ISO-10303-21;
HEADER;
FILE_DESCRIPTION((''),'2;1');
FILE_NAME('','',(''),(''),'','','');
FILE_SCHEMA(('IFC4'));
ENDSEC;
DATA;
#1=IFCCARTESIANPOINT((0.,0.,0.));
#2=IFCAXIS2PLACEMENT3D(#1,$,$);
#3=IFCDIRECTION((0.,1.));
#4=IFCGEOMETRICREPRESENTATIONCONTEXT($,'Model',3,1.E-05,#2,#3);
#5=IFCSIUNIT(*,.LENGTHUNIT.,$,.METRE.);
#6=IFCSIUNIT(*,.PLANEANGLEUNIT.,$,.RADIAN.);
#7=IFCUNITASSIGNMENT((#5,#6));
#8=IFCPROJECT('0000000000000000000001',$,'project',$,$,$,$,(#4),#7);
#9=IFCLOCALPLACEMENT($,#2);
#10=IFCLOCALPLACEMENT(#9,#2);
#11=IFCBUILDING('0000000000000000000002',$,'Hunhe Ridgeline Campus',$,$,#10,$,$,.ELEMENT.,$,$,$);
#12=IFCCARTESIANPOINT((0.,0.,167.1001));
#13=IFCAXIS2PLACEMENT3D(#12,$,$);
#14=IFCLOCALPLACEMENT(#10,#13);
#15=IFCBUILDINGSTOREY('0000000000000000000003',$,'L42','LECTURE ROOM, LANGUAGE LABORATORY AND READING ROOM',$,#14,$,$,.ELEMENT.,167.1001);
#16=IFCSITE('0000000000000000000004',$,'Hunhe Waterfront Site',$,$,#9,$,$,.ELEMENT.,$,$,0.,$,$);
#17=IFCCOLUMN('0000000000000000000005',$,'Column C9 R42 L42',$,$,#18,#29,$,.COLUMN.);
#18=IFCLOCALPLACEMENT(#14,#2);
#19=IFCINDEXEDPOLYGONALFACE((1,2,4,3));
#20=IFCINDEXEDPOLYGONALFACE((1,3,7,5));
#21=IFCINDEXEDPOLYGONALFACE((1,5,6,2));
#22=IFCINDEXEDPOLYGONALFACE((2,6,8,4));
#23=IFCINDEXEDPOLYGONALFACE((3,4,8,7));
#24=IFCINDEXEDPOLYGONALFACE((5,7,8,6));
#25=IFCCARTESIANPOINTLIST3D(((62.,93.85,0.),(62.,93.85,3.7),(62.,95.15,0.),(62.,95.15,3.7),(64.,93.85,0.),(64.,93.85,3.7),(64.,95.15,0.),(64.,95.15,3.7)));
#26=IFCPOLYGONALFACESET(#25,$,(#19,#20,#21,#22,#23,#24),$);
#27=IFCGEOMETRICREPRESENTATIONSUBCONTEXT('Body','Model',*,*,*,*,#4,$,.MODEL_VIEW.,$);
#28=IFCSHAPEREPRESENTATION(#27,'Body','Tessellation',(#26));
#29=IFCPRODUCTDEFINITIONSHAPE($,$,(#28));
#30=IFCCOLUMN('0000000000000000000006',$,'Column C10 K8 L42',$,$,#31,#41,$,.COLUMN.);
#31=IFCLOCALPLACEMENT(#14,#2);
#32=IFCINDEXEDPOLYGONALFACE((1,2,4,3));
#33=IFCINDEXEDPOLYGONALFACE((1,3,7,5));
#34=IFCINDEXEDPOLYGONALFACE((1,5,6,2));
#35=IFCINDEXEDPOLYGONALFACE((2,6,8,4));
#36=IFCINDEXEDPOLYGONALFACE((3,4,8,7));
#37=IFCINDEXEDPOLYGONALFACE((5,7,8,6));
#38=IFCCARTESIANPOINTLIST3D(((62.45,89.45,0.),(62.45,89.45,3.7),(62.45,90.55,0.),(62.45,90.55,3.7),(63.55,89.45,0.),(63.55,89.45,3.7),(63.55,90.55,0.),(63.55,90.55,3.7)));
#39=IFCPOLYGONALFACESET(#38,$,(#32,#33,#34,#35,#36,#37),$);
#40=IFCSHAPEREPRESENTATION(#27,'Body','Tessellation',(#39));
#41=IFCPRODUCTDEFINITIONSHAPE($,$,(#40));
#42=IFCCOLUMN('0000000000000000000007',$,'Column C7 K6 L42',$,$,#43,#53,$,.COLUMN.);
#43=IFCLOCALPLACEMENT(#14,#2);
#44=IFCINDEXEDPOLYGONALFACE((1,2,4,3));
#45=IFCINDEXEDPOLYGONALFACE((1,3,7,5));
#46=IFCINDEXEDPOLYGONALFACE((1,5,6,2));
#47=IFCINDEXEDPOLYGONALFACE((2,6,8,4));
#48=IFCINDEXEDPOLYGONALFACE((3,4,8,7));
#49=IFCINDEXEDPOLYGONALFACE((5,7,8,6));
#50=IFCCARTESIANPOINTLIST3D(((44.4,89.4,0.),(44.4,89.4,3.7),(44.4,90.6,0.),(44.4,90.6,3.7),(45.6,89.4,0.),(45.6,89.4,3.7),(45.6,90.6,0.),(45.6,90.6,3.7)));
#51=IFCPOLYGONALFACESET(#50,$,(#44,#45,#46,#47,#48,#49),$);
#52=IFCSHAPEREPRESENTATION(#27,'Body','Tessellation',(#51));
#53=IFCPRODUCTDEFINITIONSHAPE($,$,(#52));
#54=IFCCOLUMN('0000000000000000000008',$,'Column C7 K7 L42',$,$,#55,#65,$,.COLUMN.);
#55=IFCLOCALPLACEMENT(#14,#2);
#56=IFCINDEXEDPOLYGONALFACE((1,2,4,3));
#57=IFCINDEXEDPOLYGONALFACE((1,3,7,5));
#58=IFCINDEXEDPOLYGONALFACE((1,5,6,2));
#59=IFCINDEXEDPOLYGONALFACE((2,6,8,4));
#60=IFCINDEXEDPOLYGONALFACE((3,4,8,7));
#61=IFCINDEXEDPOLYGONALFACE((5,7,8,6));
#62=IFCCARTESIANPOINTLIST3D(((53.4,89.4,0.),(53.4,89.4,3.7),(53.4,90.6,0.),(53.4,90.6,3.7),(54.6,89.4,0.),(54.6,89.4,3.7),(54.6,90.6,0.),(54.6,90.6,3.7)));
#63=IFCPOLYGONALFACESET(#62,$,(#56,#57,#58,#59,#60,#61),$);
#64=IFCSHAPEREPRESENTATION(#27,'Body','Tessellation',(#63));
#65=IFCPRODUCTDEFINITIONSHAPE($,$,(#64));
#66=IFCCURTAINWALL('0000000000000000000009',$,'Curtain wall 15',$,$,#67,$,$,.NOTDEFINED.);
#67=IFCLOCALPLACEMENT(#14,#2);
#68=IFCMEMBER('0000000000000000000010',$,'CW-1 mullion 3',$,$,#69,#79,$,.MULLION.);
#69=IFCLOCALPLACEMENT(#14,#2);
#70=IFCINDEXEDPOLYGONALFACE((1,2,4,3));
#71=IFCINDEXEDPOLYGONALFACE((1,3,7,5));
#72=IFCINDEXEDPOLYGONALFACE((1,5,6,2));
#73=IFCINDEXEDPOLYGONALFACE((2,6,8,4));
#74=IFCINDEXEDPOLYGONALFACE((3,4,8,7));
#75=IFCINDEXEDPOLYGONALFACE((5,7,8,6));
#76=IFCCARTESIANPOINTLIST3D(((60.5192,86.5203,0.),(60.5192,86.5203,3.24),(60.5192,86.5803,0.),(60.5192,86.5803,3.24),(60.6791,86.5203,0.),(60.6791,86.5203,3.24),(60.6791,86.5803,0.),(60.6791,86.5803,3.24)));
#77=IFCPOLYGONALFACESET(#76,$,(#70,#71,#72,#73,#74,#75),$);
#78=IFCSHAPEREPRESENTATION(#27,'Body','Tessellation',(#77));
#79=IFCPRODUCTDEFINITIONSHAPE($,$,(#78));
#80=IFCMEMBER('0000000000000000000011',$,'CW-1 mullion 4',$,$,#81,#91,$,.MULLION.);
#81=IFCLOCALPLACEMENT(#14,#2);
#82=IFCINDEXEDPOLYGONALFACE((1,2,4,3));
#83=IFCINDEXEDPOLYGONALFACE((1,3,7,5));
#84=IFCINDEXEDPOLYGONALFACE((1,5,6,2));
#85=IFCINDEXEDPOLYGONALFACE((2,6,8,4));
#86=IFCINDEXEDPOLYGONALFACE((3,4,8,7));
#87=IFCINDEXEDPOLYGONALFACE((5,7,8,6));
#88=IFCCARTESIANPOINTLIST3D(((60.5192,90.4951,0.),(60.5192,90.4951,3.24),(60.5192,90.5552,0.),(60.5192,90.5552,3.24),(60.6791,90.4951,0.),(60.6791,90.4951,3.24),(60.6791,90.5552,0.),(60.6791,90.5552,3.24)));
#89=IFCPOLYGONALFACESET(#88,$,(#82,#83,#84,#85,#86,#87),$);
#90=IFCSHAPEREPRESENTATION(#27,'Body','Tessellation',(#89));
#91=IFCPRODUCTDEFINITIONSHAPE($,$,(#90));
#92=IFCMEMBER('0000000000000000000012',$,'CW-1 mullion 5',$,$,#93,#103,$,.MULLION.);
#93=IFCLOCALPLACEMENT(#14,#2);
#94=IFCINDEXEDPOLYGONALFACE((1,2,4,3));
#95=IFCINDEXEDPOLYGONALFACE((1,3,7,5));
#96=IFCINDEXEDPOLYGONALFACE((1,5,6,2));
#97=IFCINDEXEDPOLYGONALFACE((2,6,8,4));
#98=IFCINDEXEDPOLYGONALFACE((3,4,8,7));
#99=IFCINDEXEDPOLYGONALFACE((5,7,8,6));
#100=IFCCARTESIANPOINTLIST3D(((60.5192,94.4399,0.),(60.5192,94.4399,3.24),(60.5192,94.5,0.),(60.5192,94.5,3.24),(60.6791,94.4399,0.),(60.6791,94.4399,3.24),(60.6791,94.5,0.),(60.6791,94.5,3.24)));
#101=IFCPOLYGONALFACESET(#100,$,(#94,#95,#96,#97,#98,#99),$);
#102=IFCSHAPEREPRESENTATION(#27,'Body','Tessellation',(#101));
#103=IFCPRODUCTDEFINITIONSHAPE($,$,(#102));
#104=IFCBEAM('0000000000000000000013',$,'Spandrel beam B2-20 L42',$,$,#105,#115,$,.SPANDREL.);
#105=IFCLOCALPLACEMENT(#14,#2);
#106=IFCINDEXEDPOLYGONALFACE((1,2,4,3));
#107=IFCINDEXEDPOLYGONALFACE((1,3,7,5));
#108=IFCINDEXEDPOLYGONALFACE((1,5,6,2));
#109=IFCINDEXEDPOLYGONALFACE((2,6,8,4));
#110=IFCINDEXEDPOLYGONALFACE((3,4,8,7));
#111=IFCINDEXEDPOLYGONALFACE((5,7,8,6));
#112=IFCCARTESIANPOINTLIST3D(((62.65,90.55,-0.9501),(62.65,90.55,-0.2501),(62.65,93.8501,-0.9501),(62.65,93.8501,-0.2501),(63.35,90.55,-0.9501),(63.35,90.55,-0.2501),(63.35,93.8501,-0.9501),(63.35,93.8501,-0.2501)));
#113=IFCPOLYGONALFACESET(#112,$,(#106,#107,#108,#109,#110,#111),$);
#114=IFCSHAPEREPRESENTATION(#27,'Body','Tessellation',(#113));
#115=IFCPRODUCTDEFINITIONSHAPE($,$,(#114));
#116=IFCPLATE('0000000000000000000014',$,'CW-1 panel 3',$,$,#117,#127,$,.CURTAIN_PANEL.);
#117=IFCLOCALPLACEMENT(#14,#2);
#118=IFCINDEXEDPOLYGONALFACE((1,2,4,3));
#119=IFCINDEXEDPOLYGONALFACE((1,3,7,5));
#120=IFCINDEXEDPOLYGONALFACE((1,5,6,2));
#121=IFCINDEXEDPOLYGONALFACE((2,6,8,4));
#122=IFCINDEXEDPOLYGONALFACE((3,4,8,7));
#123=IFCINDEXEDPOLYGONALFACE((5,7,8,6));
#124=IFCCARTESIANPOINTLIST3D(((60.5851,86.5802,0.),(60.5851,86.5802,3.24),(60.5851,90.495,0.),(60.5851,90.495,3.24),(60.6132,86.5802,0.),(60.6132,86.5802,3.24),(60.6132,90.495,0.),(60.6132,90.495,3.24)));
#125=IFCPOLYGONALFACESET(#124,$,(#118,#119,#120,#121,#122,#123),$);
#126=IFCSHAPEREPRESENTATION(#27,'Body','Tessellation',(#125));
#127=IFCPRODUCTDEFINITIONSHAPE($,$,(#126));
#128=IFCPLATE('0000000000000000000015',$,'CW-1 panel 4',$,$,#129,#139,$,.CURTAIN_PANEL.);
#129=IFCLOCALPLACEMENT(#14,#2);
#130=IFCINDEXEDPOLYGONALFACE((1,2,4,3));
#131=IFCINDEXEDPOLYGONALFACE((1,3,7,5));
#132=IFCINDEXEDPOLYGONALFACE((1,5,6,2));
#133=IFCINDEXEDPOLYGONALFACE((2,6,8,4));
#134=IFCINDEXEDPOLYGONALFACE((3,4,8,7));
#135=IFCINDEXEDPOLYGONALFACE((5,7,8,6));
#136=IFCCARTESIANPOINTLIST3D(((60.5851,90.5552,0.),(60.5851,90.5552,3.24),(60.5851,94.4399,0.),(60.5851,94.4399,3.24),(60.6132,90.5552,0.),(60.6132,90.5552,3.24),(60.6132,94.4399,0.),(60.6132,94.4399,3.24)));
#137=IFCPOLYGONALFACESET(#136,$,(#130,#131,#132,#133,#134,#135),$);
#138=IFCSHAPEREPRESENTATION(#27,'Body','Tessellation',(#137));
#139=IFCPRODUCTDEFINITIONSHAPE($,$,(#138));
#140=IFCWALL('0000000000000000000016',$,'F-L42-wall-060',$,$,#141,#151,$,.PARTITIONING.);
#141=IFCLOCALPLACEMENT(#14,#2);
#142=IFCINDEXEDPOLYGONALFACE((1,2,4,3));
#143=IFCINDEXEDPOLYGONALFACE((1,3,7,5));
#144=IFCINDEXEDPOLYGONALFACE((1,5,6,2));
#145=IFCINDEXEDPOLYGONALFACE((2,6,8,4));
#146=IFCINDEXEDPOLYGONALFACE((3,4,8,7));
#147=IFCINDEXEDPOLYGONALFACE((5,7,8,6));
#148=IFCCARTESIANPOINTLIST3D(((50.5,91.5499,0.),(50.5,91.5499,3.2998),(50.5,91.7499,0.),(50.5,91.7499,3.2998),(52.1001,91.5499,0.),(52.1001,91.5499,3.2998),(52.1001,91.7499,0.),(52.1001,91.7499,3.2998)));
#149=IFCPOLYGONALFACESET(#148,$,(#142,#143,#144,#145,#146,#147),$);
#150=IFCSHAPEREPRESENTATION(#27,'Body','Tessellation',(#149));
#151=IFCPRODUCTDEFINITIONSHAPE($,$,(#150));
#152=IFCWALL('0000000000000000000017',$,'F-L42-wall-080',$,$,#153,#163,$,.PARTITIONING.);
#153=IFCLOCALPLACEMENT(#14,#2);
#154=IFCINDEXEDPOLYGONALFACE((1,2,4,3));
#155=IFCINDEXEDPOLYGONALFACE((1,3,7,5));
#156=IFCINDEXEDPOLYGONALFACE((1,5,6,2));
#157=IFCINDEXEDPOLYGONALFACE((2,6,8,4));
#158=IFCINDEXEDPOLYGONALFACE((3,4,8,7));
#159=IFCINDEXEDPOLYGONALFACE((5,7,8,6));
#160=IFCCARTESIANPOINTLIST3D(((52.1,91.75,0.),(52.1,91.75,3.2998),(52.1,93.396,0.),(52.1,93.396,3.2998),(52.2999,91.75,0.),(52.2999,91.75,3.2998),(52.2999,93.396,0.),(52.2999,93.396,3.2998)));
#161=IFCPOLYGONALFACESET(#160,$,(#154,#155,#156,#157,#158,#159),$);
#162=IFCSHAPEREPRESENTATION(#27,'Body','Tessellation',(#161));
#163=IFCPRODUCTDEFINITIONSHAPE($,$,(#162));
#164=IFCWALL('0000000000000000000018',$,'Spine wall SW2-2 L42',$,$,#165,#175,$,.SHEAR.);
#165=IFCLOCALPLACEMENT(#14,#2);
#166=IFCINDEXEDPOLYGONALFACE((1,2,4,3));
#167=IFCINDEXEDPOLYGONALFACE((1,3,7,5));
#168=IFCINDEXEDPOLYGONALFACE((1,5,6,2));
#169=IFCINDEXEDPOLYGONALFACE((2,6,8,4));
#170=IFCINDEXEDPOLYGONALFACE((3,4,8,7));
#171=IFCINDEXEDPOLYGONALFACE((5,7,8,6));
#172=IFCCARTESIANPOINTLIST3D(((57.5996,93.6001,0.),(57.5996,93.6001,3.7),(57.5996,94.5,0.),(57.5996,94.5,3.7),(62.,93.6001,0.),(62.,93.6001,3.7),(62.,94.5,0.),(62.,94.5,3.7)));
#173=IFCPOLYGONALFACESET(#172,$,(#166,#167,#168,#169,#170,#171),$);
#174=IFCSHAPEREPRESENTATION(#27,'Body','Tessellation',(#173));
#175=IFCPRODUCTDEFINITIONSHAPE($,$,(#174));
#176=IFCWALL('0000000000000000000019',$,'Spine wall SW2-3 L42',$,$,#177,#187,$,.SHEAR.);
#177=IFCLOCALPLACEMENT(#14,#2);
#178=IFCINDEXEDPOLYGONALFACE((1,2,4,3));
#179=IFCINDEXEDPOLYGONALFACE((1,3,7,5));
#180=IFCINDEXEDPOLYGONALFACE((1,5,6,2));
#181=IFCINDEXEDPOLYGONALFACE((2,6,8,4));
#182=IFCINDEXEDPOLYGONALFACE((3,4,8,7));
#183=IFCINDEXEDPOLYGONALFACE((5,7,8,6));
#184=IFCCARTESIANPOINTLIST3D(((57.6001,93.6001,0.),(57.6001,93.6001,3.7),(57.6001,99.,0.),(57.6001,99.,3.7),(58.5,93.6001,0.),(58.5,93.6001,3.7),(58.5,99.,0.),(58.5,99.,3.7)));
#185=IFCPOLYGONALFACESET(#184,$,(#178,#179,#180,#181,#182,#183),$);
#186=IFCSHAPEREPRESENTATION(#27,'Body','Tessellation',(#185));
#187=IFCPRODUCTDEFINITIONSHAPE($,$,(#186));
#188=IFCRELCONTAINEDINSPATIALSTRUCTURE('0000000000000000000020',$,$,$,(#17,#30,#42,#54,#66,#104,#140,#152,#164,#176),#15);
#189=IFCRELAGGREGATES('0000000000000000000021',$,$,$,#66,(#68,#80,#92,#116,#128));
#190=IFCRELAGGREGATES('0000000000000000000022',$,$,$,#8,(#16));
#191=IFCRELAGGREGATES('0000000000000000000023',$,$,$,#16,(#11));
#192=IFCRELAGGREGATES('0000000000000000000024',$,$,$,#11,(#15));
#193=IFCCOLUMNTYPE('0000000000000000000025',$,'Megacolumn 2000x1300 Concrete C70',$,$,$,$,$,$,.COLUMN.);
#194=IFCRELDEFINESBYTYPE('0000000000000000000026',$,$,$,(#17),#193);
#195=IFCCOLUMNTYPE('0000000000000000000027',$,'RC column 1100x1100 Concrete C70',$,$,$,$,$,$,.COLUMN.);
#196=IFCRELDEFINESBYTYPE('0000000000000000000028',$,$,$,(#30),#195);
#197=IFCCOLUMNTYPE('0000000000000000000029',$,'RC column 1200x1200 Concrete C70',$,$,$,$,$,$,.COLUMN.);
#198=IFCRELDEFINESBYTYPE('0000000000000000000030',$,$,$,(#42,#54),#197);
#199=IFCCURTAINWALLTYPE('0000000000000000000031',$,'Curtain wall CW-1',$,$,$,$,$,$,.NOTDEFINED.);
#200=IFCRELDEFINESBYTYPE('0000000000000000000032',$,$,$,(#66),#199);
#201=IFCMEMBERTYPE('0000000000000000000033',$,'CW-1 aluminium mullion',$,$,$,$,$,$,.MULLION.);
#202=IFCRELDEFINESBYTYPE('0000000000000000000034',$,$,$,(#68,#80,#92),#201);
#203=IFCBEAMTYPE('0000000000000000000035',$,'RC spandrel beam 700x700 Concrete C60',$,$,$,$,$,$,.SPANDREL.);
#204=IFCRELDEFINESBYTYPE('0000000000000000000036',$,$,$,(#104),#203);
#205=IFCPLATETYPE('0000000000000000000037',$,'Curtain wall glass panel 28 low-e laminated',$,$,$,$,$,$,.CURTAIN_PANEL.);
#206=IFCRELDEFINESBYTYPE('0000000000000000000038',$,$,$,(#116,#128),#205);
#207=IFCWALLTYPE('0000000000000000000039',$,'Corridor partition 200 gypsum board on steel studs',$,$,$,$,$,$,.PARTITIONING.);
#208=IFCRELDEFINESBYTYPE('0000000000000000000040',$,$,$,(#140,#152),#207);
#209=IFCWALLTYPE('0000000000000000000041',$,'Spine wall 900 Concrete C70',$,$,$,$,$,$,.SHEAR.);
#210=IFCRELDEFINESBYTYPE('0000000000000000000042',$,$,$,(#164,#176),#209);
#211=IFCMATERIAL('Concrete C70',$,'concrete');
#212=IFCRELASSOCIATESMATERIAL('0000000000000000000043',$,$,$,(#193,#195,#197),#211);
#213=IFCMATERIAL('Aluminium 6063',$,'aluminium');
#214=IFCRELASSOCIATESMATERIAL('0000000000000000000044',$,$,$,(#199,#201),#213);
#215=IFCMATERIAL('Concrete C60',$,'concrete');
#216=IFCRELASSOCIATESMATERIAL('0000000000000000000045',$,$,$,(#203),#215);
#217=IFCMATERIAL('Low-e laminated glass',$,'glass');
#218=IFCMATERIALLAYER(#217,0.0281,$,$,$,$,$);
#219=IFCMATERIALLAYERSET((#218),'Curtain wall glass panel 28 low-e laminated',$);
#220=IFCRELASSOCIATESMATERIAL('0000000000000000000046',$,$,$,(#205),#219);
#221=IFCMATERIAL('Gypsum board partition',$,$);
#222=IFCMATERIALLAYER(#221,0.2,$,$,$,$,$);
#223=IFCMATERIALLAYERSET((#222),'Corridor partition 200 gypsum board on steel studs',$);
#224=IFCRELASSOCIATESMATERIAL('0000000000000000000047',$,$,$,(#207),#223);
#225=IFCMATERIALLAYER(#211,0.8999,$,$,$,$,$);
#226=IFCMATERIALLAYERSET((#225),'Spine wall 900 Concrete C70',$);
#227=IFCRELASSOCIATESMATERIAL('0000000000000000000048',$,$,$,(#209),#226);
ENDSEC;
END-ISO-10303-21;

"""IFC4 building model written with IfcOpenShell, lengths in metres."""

from ifc_helpers import new_model, si_unit, direction, frame, frame_2d, origin, origin_2d, place, context, subcontext, project, spatial, rectangle, extrude, material, layer, layer_set, material_profile, profile_set, type_object, element, aggregate, save


model = new_model("IFC4")

# Units and contexts
model_context = context("Model", 3, precision=1e-05, world=origin(), true_north=direction((0.0, 1.0)))
body_context = subcontext(model_context, "Body", "Model", "MODEL_VIEW")
ifc_project = project(units=[si_unit("LENGTHUNIT", "METRE"), si_unit("PLANEANGLEUNIT", "RADIAN")], contexts=[model_context])

# Site, building, storey
site_placement = place(None, origin())
site = spatial("IfcSite", under=ifc_project, at=site_placement, Name="Hunhe Waterfront Site", CompositionType="ELEMENT", RefElevation=0.0)
building_placement = place(site_placement, origin())
building = spatial("IfcBuilding", under=site, at=building_placement, Name="Hunhe Ridgeline Campus", CompositionType="ELEMENT")
storey_placement = place(building_placement, frame((0.0, 0.0, 167.1001)))
storey = spatial("IfcBuildingStorey", under=building, at=storey_placement, Name="L42", Description="LECTURE ROOM, LANGUAGE LABORATORY AND READING ROOM", CompositionType="ELEMENT", Elevation=167.1001)

# Columns
ifc_material_1 = material(Name="Concrete C70", Category="concrete")
ifc_material_profile_1 = material_profile(ifc_material_1, rectangle(XDim=2.0, YDim=1.3, at=origin_2d()))
ifc_profile_set_1 = profile_set([ifc_material_profile_1], Name="Concrete C70")
column_type_1 = type_object("IfcColumnType", Name="Megacolumn 2000x1300 Concrete C70", PredefinedType="COLUMN", material=ifc_profile_set_1)
column_1_placement = place(storey_placement, frame((63.0, 94.5, 0.0), z_axis=(0.0, 0.0, 1.0), x_axis=(1.0, 0.0, 0.0)))
element("IfcColumn", 1, at=column_1_placement, inside=storey, type_object=column_type_1, Name="Column C9 R42 L42", PredefinedType="COLUMN", context=body_context, shape_type="SweptSolid", body=[
    extrude(rectangle(XDim=2.0, YDim=1.3, at=origin_2d()), origin(), (0.0, 0.0, 1.0), 3.7),
])
ifc_material_profile_2 = material_profile(ifc_material_1, rectangle(XDim=1.1001, YDim=1.1001, at=origin_2d()))
ifc_profile_set_2 = profile_set([ifc_material_profile_2], Name="Concrete C70")
column_type_2 = type_object("IfcColumnType", Name="RC column 1100x1100 Concrete C70", PredefinedType="COLUMN", material=ifc_profile_set_2)
column_2_placement = place(storey_placement, frame((63.0, 90.0, 0.0), z_axis=(0.0, 0.0, 1.0), x_axis=(1.0, 0.0, 0.0)))
element("IfcColumn", 2, at=column_2_placement, inside=storey, type_object=column_type_2, Name="Column C10 K8 L42", PredefinedType="COLUMN", context=body_context, shape_type="SweptSolid", body=[
    extrude(rectangle(XDim=1.1001, YDim=1.1001, at=origin_2d()), origin(), (0.0, 0.0, 1.0), 3.7),
])
ifc_material_profile_3 = material_profile(ifc_material_1, rectangle(XDim=1.2, YDim=1.2, at=origin_2d()))
ifc_profile_set_3 = profile_set([ifc_material_profile_3], Name="Concrete C70")
column_type_3 = type_object("IfcColumnType", Name="RC column 1200x1200 Concrete C70", PredefinedType="COLUMN", material=ifc_profile_set_3)
for number, where, z_axis, x_axis, name in (
    (3, (45.0, 90.0, 0.0), (0.0, 0.0, 1.0), (1.0, 0.0, 0.0), "Column C7 K6 L42"),
    (4, (54.0, 90.0, 0.0), (0.0, 0.0, 1.0), (1.0, 0.0, 0.0), "Column C7 K7 L42"),
):
    element("IfcColumn", number, at=place(storey_placement, frame(where, z_axis=z_axis, x_axis=x_axis)), inside=storey, type_object=column_type_3, Name=name, PredefinedType="COLUMN", context=body_context, shape_type="SweptSolid", body=[
        extrude(rectangle(XDim=1.2, YDim=1.2, at=origin_2d()), origin(), (0.0, 0.0, 1.0), 3.7),
    ])

# Curtain wall, members
ifc_material_2 = material(Name="Aluminium 6063", Category="aluminium")
curtain_wall_type = type_object("IfcCurtainWallType", Name="Curtain wall CW-1", PredefinedType="NOTDEFINED", material=ifc_material_2)
curtain_wall_placement = place(storey_placement, origin())
curtain_wall = element("IfcCurtainWall", 5, at=curtain_wall_placement, inside=storey, type_object=curtain_wall_type, Name="Curtain wall 15", PredefinedType="NOTDEFINED")
ifc_material_profile_4 = material_profile(ifc_material_2, rectangle(XDim=0.1599, YDim=0.0601, at=origin_2d()))
ifc_profile_set_4 = profile_set([ifc_material_profile_4], Name="Aluminium 6063")
member_type = type_object("IfcMemberType", Name="CW-1 aluminium mullion", PredefinedType="MULLION", material=ifc_profile_set_4)
member_1_placement = place(storey_placement, frame((60.5991, 86.5503, 0.0), z_axis=(0.0, 0.0, 1.0), x_axis=(-1.0, 0.0, 0.0)))
member_1 = element("IfcMember", 6, at=member_1_placement, type_object=member_type, Name="CW-1 mullion 3", PredefinedType="MULLION", context=body_context, shape_type="SweptSolid", body=[
    extrude(rectangle(XDim=0.1599, YDim=0.0601, at=origin_2d()), origin(), (0.0, 0.0, 1.0), 3.24),
])
member_2_placement = place(storey_placement, frame((60.5991, 90.5251, 0.0), z_axis=(0.0, 0.0, 1.0), x_axis=(-1.0, 0.0, 0.0)))
member_2 = element("IfcMember", 7, at=member_2_placement, type_object=member_type, Name="CW-1 mullion 4", PredefinedType="MULLION", context=body_context, shape_type="SweptSolid", body=[
    extrude(rectangle(XDim=0.1599, YDim=0.0601, at=origin_2d()), origin(), (0.0, 0.0, 1.0), 3.24),
])
member_3_placement = place(storey_placement, frame((60.5991, 94.47, 0.0), z_axis=(0.0, 0.0, 1.0), x_axis=(-1.0, 0.0, 0.0)))
member_3 = element("IfcMember", 8, at=member_3_placement, type_object=member_type, Name="CW-1 mullion 5", PredefinedType="MULLION", context=body_context, shape_type="SweptSolid", body=[
    extrude(rectangle(XDim=0.1599, YDim=0.0601, at=origin_2d()), origin(), (0.0, 0.0, 1.0), 3.24),
])

# Beam
ifc_material_3 = material(Name="Concrete C60", Category="concrete")
ifc_material_profile_5 = material_profile(ifc_material_3, rectangle(XDim=0.7, YDim=0.7, at=origin_2d()))
ifc_profile_set_5 = profile_set([ifc_material_profile_5], Name="Concrete C60")
beam_type = type_object("IfcBeamType", Name="RC spandrel beam 700x700 Concrete C60", PredefinedType="SPANDREL", material=ifc_profile_set_5)
beam_placement = place(storey_placement, frame((63.0, 90.55, -0.6001), z_axis=(0.0, 1.0, 0.0), x_axis=(-1.0, 0.0, 0.0)))
element("IfcBeam", 9, at=beam_placement, inside=storey, type_object=beam_type, Name="Spandrel beam B2-20 L42", PredefinedType="SPANDREL", context=body_context, shape_type="SweptSolid", body=[
    extrude(rectangle(XDim=0.7, YDim=0.7, at=origin_2d()), origin(), (0.0, 0.0, 1.0), 3.3),
])

# Plates
ifc_material_4 = material(Name="Low-e laminated glass", Category="glass")
ifc_layer_1 = layer(ifc_material_4, 0.0281)
ifc_layer_set_1 = layer_set([ifc_layer_1], Name="Curtain wall glass panel 28 low-e laminated")
plate_type = type_object("IfcPlateType", Name="Curtain wall glass panel 28 low-e laminated", PredefinedType="CURTAIN_PANEL", material=ifc_layer_set_1)
plate_1_placement = place(storey_placement, frame((60.5991, 88.5376, 0.0), z_axis=(0.0, 0.0, 1.0), x_axis=(0.0, 1.0, 0.0)))
plate_1 = element("IfcPlate", 10, at=plate_1_placement, type_object=plate_type, Name="CW-1 panel 3", PredefinedType="CURTAIN_PANEL", context=body_context, shape_type="SweptSolid", body=[
    extrude(rectangle(XDim=3.9148, YDim=0.0281, at=origin_2d()), origin(), (0.0, 0.0, 1.0), 3.24),
])
plate_2_placement = place(storey_placement, frame((60.5991, 92.4976, 0.0), z_axis=(0.0, 0.0, 1.0), x_axis=(0.0, 1.0, 0.0)))
plate_2 = element("IfcPlate", 11, at=plate_2_placement, type_object=plate_type, Name="CW-1 panel 4", PredefinedType="CURTAIN_PANEL", context=body_context, shape_type="SweptSolid", body=[
    extrude(rectangle(XDim=3.8848, YDim=0.0281, at=origin_2d()), origin(), (0.0, 0.0, 1.0), 3.24),
])
aggregate(curtain_wall, [member_1, member_2, member_3, plate_1, plate_2])

# Wall
ifc_material_5 = material(Name="Gypsum board partition")
ifc_layer_2 = layer(ifc_material_5, 0.2)
ifc_layer_set_2 = layer_set([ifc_layer_2], Name="Corridor partition 200 gypsum board on steel studs")
wall_type_1 = type_object("IfcWallType", Name="Corridor partition 200 gypsum board on steel studs", PredefinedType="PARTITIONING", material=ifc_layer_set_2)
wall_1_placement = place(storey_placement, frame((52.1001, 91.6499, 0.0), z_axis=(0.0, 0.0, 1.0), x_axis=(-1.0, 0.0, 0.0)))
element("IfcWall", 12, at=wall_1_placement, inside=storey, type_object=wall_type_1, Name="F-L42-wall-060", PredefinedType="PARTITIONING", context=body_context, shape_type="SweptSolid", body=[
    extrude(rectangle(XDim=1.6001, YDim=0.2, at=frame_2d((0.8, 0.0))), origin(), (0.0, 0.0, 1.0), 3.2998),
])

# Walls
wall_2_placement = place(storey_placement, frame((52.2, 93.396, 0.0), z_axis=(0.0, 0.0, 1.0), x_axis=(0.0, -1.0, 0.0)))
element("IfcWall", 13, at=wall_2_placement, inside=storey, type_object=wall_type_1, Name="F-L42-wall-080", PredefinedType="PARTITIONING", context=body_context, shape_type="SweptSolid", body=[
    extrude(rectangle(XDim=1.646, YDim=0.2, at=frame_2d((0.823, 0.0))), origin(), (0.0, 0.0, 1.0), 3.2998),
])
ifc_layer_3 = layer(ifc_material_1, 0.8999)
ifc_layer_set_3 = layer_set([ifc_layer_3], Name="Spine wall 900 Concrete C70")
wall_type_2 = type_object("IfcWallType", Name="Spine wall 900 Concrete C70", PredefinedType="SHEAR", material=ifc_layer_set_3)
wall_3_placement = place(storey_placement, frame((62.0, 94.05, 0.0), z_axis=(0.0, 0.0, 1.0), x_axis=(-1.0, 0.0, 0.0)))
element("IfcWall", 14, at=wall_3_placement, inside=storey, type_object=wall_type_2, Name="Spine wall SW2-2 L42", PredefinedType="SHEAR", context=body_context, shape_type="SweptSolid", body=[
    extrude(rectangle(XDim=4.4004, YDim=0.8999, at=frame_2d((2.2002, 0.0))), origin(), (0.0, 0.0, 1.0), 3.7),
])
wall_4_placement = place(storey_placement, frame((58.05, 93.6001, 0.0), z_axis=(0.0, 0.0, 1.0), x_axis=(0.0, 1.0, 0.0)))
element("IfcWall", 15, at=wall_4_placement, inside=storey, type_object=wall_type_2, Name="Spine wall SW2-3 L42", PredefinedType="SHEAR", context=body_context, shape_type="SweptSolid", body=[
    extrude(rectangle(XDim=5.3999, YDim=0.8999, at=frame_2d((2.7, 0.0))), origin(), (0.0, 0.0, 1.0), 3.7),
])

save(model, "model.ifc")
